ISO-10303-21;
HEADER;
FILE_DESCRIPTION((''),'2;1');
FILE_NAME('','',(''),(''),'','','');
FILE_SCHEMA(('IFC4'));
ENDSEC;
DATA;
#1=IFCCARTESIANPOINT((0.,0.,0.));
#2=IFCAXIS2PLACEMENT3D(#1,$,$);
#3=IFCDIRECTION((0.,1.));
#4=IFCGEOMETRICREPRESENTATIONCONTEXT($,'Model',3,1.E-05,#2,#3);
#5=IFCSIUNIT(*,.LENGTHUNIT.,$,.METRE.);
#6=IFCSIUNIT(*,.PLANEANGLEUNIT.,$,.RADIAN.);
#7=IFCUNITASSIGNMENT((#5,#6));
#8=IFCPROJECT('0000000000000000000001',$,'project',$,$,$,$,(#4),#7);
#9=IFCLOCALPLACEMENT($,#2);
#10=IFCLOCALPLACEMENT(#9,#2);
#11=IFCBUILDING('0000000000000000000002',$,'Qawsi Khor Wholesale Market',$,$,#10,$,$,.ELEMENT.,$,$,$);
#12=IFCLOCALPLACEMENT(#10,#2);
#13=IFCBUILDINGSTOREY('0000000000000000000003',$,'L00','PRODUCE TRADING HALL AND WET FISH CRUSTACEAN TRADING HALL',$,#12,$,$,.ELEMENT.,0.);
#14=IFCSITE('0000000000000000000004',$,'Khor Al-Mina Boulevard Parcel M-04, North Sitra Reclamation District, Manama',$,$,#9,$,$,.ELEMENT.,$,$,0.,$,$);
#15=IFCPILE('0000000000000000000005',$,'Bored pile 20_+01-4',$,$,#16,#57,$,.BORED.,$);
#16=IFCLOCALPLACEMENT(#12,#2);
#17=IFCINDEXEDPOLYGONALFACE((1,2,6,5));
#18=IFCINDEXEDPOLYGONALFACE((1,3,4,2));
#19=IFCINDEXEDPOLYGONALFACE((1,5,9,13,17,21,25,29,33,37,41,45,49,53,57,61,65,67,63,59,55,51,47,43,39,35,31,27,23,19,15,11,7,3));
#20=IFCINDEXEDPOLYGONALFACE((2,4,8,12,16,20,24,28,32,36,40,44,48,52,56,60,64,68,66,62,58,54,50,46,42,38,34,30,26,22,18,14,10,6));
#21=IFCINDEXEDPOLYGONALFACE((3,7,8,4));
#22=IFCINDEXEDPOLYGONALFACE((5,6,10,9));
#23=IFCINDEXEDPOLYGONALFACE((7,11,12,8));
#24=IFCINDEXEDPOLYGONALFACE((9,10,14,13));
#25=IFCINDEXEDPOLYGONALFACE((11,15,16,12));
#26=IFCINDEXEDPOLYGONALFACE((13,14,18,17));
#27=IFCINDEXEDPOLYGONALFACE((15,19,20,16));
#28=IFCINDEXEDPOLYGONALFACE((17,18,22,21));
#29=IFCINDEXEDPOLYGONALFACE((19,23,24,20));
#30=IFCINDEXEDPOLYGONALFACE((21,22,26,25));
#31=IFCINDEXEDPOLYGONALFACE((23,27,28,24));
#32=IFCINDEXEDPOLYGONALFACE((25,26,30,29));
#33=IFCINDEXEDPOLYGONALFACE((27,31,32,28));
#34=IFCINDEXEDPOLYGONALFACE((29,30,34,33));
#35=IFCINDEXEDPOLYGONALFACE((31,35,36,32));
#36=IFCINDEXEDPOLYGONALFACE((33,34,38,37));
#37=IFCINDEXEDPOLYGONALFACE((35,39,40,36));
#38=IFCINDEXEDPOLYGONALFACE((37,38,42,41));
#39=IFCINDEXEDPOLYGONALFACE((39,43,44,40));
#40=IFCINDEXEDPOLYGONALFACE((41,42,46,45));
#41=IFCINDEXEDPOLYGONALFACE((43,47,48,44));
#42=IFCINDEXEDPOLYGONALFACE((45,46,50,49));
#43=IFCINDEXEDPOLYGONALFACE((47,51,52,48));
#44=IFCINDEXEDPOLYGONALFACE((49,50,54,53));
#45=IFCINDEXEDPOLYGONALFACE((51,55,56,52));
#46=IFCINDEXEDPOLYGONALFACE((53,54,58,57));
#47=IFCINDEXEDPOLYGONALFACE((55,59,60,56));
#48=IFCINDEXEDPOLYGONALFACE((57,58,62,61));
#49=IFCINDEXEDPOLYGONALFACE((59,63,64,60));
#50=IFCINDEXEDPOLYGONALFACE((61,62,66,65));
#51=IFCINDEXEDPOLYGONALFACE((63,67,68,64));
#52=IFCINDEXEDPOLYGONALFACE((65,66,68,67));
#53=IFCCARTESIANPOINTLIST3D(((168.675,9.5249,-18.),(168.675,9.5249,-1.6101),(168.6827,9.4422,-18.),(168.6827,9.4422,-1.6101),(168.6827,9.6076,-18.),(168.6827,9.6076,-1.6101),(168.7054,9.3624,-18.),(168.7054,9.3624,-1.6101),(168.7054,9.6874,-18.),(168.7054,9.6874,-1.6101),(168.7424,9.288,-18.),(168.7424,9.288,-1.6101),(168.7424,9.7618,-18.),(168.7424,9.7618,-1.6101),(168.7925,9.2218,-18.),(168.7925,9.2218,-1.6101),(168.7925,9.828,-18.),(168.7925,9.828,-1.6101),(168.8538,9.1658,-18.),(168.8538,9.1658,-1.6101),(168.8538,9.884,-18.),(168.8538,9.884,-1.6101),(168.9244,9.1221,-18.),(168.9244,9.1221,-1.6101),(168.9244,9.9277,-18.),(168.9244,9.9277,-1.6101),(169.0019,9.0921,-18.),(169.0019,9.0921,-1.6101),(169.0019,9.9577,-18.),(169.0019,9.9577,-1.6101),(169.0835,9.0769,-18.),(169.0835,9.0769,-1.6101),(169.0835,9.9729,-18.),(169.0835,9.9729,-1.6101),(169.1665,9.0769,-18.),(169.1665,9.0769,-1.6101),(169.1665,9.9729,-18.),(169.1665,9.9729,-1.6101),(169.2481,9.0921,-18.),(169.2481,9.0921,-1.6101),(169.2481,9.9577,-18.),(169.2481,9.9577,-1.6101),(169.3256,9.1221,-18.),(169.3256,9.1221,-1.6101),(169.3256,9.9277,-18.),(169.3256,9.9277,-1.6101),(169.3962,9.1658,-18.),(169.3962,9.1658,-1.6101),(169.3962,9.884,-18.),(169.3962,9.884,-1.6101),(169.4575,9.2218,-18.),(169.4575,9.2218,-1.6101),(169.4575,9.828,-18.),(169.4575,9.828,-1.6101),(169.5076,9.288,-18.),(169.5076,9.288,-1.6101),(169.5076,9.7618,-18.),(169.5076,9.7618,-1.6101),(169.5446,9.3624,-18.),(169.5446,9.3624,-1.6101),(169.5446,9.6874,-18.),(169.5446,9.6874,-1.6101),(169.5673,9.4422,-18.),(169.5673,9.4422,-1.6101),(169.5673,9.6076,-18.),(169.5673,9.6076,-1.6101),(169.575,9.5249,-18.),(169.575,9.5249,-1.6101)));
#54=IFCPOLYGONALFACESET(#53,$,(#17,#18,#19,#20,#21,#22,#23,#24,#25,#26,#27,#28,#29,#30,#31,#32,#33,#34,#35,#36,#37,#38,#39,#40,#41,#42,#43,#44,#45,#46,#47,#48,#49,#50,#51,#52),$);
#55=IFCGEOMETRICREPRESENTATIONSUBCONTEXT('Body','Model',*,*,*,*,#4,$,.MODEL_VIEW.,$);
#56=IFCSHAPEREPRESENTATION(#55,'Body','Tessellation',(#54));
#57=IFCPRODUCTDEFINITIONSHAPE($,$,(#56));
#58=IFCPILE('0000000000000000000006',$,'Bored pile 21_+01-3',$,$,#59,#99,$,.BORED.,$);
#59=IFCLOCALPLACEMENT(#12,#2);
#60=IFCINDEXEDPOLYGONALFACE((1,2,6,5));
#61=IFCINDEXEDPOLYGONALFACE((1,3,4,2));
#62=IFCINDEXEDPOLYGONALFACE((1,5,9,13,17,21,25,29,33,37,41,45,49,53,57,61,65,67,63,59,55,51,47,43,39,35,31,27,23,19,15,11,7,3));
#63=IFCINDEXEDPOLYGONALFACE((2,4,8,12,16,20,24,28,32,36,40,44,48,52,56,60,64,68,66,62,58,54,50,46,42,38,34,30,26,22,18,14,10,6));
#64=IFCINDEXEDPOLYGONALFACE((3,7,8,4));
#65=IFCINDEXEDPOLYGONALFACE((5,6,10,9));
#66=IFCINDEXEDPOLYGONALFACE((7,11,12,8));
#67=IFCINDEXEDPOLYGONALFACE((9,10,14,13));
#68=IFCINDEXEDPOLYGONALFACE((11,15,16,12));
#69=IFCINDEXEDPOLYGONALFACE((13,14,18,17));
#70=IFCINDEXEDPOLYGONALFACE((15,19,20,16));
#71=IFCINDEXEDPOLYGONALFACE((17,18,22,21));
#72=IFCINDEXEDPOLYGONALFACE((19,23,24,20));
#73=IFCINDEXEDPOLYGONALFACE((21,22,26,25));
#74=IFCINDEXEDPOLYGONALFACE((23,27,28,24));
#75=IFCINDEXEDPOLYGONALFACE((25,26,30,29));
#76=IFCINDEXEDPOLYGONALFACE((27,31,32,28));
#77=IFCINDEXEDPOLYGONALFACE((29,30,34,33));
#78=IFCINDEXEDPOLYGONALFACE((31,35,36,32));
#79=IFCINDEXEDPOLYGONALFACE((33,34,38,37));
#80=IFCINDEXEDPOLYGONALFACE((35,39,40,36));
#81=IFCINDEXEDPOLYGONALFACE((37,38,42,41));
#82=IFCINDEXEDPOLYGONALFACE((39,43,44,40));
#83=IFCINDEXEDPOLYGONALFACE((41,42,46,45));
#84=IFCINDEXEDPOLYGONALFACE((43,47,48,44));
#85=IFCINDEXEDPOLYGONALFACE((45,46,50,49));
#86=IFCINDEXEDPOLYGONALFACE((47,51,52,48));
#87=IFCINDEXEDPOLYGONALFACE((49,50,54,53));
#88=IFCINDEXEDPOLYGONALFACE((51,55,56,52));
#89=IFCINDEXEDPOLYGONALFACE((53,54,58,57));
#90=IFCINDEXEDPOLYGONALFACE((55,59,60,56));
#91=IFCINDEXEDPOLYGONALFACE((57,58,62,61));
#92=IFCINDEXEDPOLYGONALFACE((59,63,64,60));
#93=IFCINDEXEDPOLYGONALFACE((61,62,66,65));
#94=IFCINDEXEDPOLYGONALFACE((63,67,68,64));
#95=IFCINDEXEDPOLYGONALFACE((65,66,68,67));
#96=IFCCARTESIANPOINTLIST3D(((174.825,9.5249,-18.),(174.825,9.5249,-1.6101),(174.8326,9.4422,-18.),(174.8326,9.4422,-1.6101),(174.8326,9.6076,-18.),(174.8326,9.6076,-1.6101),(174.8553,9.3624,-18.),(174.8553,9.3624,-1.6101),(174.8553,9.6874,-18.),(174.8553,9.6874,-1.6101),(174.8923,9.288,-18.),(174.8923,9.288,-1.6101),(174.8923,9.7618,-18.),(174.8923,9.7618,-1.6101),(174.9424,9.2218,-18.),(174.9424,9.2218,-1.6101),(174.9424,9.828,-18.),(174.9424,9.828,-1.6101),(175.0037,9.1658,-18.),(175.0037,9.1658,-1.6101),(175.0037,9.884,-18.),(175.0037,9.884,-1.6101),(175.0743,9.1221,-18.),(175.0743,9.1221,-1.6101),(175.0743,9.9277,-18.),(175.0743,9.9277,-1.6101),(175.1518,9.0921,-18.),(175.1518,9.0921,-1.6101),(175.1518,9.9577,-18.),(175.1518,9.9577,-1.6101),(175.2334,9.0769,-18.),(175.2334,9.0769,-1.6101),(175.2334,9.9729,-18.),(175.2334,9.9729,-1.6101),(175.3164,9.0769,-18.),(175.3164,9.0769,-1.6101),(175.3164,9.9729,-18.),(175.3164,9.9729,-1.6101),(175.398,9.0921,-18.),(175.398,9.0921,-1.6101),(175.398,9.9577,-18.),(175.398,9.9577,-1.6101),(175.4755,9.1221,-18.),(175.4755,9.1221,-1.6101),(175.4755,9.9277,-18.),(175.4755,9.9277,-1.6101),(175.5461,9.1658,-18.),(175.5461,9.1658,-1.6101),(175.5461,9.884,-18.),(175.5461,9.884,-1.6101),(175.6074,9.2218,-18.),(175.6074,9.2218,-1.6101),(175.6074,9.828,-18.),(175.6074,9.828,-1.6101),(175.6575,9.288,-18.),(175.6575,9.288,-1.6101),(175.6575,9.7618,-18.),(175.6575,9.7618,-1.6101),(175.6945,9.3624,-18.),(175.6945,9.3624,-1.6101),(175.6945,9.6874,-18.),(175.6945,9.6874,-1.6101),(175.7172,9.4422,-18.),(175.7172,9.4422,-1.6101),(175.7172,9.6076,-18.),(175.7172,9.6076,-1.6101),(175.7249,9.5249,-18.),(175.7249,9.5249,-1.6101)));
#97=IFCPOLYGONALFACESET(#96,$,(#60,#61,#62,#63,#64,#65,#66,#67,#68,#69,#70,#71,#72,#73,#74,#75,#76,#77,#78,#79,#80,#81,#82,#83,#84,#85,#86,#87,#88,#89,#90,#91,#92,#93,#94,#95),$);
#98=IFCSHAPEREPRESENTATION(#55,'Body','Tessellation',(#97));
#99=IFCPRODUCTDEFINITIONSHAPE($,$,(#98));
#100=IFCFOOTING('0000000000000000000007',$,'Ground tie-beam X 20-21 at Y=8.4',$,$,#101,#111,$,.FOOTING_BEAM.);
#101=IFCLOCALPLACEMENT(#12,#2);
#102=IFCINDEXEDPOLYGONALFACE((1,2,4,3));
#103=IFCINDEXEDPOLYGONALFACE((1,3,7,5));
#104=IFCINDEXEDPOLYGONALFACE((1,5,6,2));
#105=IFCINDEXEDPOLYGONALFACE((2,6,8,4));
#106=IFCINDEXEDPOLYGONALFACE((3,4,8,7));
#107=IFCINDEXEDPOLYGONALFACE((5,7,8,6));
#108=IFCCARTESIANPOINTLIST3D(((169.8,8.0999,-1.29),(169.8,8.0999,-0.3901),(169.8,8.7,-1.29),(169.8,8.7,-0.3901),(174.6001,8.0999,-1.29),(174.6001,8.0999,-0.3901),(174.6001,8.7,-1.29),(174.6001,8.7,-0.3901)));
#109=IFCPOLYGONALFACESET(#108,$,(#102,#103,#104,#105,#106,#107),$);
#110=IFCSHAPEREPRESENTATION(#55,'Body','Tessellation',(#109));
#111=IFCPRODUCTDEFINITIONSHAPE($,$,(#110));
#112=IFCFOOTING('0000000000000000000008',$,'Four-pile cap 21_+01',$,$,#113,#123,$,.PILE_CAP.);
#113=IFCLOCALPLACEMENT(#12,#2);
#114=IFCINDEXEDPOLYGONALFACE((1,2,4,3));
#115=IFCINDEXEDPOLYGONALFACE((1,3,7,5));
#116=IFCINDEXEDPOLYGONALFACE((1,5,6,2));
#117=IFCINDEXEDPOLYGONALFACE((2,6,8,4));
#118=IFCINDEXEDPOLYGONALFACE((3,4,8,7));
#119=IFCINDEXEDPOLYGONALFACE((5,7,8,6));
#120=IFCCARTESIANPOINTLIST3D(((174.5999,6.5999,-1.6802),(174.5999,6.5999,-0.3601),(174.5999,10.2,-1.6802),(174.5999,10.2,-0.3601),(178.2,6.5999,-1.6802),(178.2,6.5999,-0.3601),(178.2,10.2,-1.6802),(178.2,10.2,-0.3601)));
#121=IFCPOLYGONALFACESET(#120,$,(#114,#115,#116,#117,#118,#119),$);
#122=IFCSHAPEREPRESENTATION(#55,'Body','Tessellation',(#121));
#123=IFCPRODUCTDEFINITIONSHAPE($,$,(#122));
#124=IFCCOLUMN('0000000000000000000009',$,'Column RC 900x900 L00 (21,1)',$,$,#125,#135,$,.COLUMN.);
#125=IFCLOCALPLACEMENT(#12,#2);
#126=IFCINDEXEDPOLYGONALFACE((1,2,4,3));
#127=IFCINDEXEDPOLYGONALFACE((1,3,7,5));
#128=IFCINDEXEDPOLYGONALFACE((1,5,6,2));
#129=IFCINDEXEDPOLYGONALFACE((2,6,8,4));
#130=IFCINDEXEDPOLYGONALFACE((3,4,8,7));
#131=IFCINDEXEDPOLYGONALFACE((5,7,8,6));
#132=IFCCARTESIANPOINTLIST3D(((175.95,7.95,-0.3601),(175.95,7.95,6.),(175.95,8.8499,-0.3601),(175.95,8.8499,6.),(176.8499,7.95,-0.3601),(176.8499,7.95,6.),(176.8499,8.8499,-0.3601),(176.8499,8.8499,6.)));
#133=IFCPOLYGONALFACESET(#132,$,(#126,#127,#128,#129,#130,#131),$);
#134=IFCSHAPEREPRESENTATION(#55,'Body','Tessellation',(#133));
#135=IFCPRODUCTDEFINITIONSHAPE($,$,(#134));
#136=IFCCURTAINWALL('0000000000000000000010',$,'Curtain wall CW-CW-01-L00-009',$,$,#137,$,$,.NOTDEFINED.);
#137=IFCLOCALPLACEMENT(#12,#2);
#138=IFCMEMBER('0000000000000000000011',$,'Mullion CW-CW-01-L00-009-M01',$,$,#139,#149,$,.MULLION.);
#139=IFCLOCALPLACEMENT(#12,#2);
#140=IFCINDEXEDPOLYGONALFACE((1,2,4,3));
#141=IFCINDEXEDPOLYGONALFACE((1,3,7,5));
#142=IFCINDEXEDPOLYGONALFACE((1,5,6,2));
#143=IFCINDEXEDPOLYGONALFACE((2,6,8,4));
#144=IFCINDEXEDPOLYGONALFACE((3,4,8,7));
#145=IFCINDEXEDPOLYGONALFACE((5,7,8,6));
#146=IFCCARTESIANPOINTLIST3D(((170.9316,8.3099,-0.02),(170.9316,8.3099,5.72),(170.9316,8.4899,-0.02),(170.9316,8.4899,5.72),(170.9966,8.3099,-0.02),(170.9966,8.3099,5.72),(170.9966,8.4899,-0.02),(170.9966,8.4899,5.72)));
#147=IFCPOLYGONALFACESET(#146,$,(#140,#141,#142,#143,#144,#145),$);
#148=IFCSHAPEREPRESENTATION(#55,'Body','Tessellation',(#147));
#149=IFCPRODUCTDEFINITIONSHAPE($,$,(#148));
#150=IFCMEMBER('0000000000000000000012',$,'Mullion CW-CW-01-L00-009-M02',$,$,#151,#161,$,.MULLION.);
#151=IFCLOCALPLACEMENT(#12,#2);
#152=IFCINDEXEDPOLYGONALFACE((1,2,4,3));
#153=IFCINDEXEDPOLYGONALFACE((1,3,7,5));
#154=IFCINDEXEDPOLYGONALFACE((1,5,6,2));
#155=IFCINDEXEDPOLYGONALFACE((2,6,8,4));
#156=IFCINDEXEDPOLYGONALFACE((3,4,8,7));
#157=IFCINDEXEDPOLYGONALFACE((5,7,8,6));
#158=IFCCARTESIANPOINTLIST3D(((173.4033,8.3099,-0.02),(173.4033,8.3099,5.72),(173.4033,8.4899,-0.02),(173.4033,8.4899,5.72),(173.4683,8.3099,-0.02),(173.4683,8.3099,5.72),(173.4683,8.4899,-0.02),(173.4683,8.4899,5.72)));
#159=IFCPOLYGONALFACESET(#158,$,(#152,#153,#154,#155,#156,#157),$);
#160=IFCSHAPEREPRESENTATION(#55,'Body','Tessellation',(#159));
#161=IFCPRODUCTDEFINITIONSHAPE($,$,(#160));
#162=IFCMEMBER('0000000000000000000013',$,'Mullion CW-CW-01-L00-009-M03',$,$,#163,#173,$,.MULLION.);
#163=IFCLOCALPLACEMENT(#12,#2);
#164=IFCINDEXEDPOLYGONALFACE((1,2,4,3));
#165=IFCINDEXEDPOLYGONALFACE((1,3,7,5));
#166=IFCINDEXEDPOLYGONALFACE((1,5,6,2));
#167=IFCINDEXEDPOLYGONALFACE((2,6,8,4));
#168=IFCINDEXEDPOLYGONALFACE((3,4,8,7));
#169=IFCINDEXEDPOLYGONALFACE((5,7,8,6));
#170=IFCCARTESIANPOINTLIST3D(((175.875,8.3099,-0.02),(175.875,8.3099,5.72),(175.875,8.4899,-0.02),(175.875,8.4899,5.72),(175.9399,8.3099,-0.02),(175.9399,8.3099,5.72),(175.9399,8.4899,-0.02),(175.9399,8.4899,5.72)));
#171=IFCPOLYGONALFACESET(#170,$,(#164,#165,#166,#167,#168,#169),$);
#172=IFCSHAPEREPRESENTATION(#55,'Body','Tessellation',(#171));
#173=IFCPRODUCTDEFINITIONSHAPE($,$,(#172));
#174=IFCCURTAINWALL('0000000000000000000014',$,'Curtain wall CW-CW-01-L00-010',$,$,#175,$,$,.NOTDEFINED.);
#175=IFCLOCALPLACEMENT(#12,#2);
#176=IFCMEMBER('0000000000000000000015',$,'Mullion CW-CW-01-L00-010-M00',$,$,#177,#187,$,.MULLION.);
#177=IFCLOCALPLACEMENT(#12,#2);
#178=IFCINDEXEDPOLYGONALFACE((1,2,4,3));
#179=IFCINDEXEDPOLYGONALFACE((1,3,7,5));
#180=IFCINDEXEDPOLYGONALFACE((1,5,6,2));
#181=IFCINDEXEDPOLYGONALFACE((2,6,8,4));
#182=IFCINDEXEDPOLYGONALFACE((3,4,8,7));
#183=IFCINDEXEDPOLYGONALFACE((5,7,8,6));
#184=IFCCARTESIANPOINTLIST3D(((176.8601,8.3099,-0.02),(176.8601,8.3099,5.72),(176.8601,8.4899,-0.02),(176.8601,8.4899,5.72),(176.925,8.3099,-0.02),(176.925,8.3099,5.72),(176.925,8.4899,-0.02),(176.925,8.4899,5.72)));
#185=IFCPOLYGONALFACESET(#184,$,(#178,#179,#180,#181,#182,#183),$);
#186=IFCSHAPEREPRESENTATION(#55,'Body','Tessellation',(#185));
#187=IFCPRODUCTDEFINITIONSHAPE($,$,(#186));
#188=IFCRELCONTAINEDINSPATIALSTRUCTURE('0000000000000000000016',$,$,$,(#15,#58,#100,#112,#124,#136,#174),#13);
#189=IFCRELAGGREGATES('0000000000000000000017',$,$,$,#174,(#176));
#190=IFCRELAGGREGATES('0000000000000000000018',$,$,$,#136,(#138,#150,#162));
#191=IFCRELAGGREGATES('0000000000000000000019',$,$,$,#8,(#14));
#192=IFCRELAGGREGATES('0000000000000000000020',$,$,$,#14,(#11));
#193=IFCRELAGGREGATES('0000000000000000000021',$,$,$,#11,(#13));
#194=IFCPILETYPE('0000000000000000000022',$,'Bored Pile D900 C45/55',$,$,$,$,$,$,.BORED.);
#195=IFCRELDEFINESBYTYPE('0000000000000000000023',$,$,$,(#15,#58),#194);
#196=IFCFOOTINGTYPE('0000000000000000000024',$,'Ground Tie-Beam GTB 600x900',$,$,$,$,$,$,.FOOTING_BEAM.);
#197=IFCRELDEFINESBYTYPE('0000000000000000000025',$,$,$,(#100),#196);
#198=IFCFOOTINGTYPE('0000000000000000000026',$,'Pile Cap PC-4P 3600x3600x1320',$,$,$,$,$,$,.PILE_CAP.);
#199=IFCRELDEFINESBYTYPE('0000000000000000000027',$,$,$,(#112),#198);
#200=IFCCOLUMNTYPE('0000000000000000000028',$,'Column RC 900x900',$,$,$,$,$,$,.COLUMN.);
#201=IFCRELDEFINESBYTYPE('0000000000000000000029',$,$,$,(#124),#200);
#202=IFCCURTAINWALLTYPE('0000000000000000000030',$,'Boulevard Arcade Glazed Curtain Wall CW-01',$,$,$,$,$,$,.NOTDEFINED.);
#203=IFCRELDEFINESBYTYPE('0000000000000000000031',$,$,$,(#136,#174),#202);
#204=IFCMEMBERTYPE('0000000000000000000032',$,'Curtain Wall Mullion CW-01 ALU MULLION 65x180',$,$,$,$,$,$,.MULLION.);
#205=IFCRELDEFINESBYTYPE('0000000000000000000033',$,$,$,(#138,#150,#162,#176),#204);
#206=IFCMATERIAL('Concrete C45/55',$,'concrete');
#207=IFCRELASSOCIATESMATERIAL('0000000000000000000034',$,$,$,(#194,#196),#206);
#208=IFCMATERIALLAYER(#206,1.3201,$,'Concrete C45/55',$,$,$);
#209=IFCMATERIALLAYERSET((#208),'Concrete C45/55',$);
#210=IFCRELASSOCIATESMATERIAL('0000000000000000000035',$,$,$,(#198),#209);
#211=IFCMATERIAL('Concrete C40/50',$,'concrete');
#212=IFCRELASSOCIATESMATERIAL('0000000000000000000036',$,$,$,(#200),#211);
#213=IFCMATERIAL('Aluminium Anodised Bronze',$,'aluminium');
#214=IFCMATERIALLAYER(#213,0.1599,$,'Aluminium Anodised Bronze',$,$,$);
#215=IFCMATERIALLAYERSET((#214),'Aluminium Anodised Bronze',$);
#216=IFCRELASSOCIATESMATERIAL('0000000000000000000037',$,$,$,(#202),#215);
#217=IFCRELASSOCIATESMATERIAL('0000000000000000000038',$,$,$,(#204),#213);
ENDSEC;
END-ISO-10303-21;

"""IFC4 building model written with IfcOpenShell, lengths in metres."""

from ifc_helpers import new_model, si_unit, direction, frame, origin, origin_2d, place, context, subcontext, project, spatial, rectangle, circle, extrude, material, layer, layer_set, material_profile, profile_set, type_object, element, aggregate, save


model = new_model("IFC4")

# Units and contexts
model_context = context("Model", 3, precision=1e-05, world=origin(), true_north=direction((0.0, 1.0)))
body_context = subcontext(model_context, "Body", "Model", "MODEL_VIEW")
ifc_project = project(units=[si_unit("LENGTHUNIT", "METRE"), si_unit("PLANEANGLEUNIT", "RADIAN")], contexts=[model_context])

# Site, building, storey
site_placement = place(None, origin())
site = spatial("IfcSite", under=ifc_project, at=site_placement, Name="Khor Al-Mina Boulevard Parcel M-04, North Sitra Reclamation District, Manama", CompositionType="ELEMENT", RefElevation=0.0)
building_placement = place(site_placement, origin())
building = spatial("IfcBuilding", under=site, at=building_placement, Name="Qawsi Khor Wholesale Market", CompositionType="ELEMENT")
storey_placement = place(building_placement, origin())
storey = spatial("IfcBuildingStorey", under=building, at=storey_placement, Name="L00", Description="PRODUCE TRADING HALL AND WET FISH CRUSTACEAN TRADING HALL", CompositionType="ELEMENT", Elevation=0.0)

# Piles
ifc_material_1 = material(Name="Concrete C45/55", Category="concrete")
ifc_material_profile_1 = material_profile(ifc_material_1, circle(Radius=0.45, at=origin_2d()), Name="PILE D900")
ifc_profile_set_1 = profile_set([ifc_material_profile_1], Name="Concrete C45/55")
pile_type = type_object("IfcPileType", Name="Bored Pile D900 C45/55", PredefinedType="BORED", material=ifc_profile_set_1)
for number, where, z_axis, x_axis, name in (
    (1, (169.125, 9.5249, -1.6101), (0.0, 0.0, -1.0), (1.0, 0.0, 0.0), "Bored pile 20_+01-4"),
    (2, (175.2749, 9.5249, -1.6101), (0.0, 0.0, -1.0), (1.0, 0.0, 0.0), "Bored pile 21_+01-3"),
):
    element("IfcPile", number, at=place(storey_placement, frame(where, z_axis=z_axis, x_axis=x_axis)), inside=storey, type_object=pile_type, Name=name, PredefinedType="BORED", context=body_context, shape_type="SweptSolid", body=[
        extrude(circle(Radius=0.45, at=origin_2d()), origin(), (0.0, 0.0, 1.0), 16.3899),
    ])

# Footings
ifc_material_profile_2 = material_profile(ifc_material_1, rectangle(XDim=0.6001, YDim=0.8999, at=origin_2d()), Name="RC 600x900")
ifc_profile_set_2 = profile_set([ifc_material_profile_2], Name="Concrete C45/55")
footing_type_1 = type_object("IfcFootingType", Name="Ground Tie-Beam GTB 600x900", PredefinedType="FOOTING_BEAM", material=ifc_profile_set_2)
footing_1_placement = place(storey_placement, frame((169.8, 8.3999, -0.8401), z_axis=(1.0, 0.0, 0.0), x_axis=(0.0, 1.0, 0.0)))
element("IfcFooting", 3, at=footing_1_placement, inside=storey, type_object=footing_type_1, Name="Ground tie-beam X 20-21 at Y=8.4", PredefinedType="FOOTING_BEAM", context=body_context, shape_type="SweptSolid", body=[
    extrude(rectangle(XDim=0.6001, YDim=0.8999, at=origin_2d()), origin(), (0.0, 0.0, 1.0), 4.8),
])
ifc_layer_1 = layer(ifc_material_1, 1.3201, Name="Concrete C45/55")
ifc_layer_set_1 = layer_set([ifc_layer_1], Name="Concrete C45/55")
footing_type_2 = type_object("IfcFootingType", Name="Pile Cap PC-4P 3600x3600x1320", PredefinedType="PILE_CAP", material=ifc_layer_set_1)
footing_2_placement = place(storey_placement, frame((176.3999, 8.3999, -1.6802), z_axis=(0.0, 0.0, 1.0), x_axis=(1.0, 0.0, 0.0)))
element("IfcFooting", 4, at=footing_2_placement, inside=storey, type_object=footing_type_2, Name="Four-pile cap 21_+01", PredefinedType="PILE_CAP", context=body_context, shape_type="SweptSolid", body=[
    extrude(rectangle(XDim=3.6001, YDim=3.6001, at=origin_2d()), origin(), (0.0, 0.0, 1.0), 1.3201),
])

# Column
ifc_material_2 = material(Name="Concrete C40/50", Category="concrete")
ifc_material_profile_3 = material_profile(ifc_material_2, rectangle(XDim=0.8999, YDim=0.8999, at=origin_2d()), Name="RC 900x900")
ifc_profile_set_3 = profile_set([ifc_material_profile_3], Name="Concrete C40/50")
column_type = type_object("IfcColumnType", Name="Column RC 900x900", PredefinedType="COLUMN", material=ifc_profile_set_3)
column_placement = place(storey_placement, frame((176.3999, 8.3999, -0.3601), z_axis=(0.0, 0.0, 1.0), x_axis=(1.0, 0.0, 0.0)))
element("IfcColumn", 5, at=column_placement, inside=storey, type_object=column_type, Name="Column RC 900x900 L00 (21,1)", PredefinedType="COLUMN", context=body_context, shape_type="SweptSolid", body=[
    extrude(rectangle(XDim=0.8999, YDim=0.8999, at=origin_2d()), origin(), (0.0, 0.0, 1.0), 6.3601),
])

# Curtain wall, members
ifc_material_3 = material(Name="Aluminium Anodised Bronze", Category="aluminium")
ifc_layer_2 = layer(ifc_material_3, 0.1599, Name="Aluminium Anodised Bronze")
ifc_layer_set_2 = layer_set([ifc_layer_2], Name="Aluminium Anodised Bronze")
curtain_wall_type = type_object("IfcCurtainWallType", Name="Boulevard Arcade Glazed Curtain Wall CW-01", PredefinedType="NOTDEFINED", material=ifc_layer_set_2)
curtain_wall_1_placement = place(storey_placement, origin())
curtain_wall_1 = element("IfcCurtainWall", 6, at=curtain_wall_1_placement, inside=storey, type_object=curtain_wall_type, Name="Curtain wall CW-CW-01-L00-009", PredefinedType="NOTDEFINED")
ifc_material_profile_4 = material_profile(ifc_material_3, rectangle(XDim=0.0649, YDim=0.1799, at=origin_2d()), Name="ALU MULLION 65x180")
ifc_profile_set_4 = profile_set([ifc_material_profile_4], Name="Aluminium Anodised Bronze")
member_type_1 = type_object("IfcMemberType", Name="Curtain Wall Mullion CW-01 ALU MULLION 65x180", PredefinedType="MULLION", material=ifc_profile_set_4)
member_1_placement = place(storey_placement, frame((170.9641, 8.3999, -0.02), z_axis=(0.0, 0.0, 1.0), x_axis=(1.0, 0.0, 0.0)))
member_1 = element("IfcMember", 7, at=member_1_placement, type_object=member_type_1, Name="Mullion CW-CW-01-L00-009-M01", PredefinedType="MULLION", context=body_context, shape_type="SweptSolid", body=[
    extrude(rectangle(XDim=0.0649, YDim=0.1799, at=origin_2d()), origin(), (0.0, 0.0, 1.0), 5.74),
])
member_2_placement = place(storey_placement, frame((173.4358, 8.3999, -0.02), z_axis=(0.0, 0.0, 1.0), x_axis=(1.0, 0.0, 0.0)))
member_2 = element("IfcMember", 8, at=member_2_placement, type_object=member_type_1, Name="Mullion CW-CW-01-L00-009-M02", PredefinedType="MULLION", context=body_context, shape_type="SweptSolid", body=[
    extrude(rectangle(XDim=0.0649, YDim=0.1799, at=origin_2d()), origin(), (0.0, 0.0, 1.0), 5.74),
])
member_3_placement = place(storey_placement, frame((175.9075, 8.3999, -0.02), z_axis=(0.0, 0.0, 1.0), x_axis=(1.0, 0.0, 0.0)))
member_3 = element("IfcMember", 9, at=member_3_placement, type_object=member_type_1, Name="Mullion CW-CW-01-L00-009-M03", PredefinedType="MULLION", context=body_context, shape_type="SweptSolid", body=[
    extrude(rectangle(XDim=0.0649, YDim=0.1799, at=origin_2d()), origin(), (0.0, 0.0, 1.0), 5.74),
])

# Curtain wall, member
curtain_wall_2_placement = place(storey_placement, origin())
curtain_wall_2 = element("IfcCurtainWall", 10, at=curtain_wall_2_placement, inside=storey, type_object=curtain_wall_type, Name="Curtain wall CW-CW-01-L00-010", PredefinedType="NOTDEFINED")
member_4_placement = place(storey_placement, frame((176.8926, 8.3999, -0.02), z_axis=(0.0, 0.0, 1.0), x_axis=(1.0, 0.0, 0.0)))
member_4 = element("IfcMember", 11, at=member_4_placement, type_object=member_type_1, Name="Mullion CW-CW-01-L00-010-M00", PredefinedType="MULLION", context=body_context, shape_type="SweptSolid", body=[
    extrude(rectangle(XDim=0.0649, YDim=0.1799, at=origin_2d()), origin(), (0.0, 0.0, 1.0), 5.74),
])

aggregate(curtain_wall_2, [member_4])

aggregate(curtain_wall_1, [member_1, member_2, member_3])

save(model, "model.ifc")
